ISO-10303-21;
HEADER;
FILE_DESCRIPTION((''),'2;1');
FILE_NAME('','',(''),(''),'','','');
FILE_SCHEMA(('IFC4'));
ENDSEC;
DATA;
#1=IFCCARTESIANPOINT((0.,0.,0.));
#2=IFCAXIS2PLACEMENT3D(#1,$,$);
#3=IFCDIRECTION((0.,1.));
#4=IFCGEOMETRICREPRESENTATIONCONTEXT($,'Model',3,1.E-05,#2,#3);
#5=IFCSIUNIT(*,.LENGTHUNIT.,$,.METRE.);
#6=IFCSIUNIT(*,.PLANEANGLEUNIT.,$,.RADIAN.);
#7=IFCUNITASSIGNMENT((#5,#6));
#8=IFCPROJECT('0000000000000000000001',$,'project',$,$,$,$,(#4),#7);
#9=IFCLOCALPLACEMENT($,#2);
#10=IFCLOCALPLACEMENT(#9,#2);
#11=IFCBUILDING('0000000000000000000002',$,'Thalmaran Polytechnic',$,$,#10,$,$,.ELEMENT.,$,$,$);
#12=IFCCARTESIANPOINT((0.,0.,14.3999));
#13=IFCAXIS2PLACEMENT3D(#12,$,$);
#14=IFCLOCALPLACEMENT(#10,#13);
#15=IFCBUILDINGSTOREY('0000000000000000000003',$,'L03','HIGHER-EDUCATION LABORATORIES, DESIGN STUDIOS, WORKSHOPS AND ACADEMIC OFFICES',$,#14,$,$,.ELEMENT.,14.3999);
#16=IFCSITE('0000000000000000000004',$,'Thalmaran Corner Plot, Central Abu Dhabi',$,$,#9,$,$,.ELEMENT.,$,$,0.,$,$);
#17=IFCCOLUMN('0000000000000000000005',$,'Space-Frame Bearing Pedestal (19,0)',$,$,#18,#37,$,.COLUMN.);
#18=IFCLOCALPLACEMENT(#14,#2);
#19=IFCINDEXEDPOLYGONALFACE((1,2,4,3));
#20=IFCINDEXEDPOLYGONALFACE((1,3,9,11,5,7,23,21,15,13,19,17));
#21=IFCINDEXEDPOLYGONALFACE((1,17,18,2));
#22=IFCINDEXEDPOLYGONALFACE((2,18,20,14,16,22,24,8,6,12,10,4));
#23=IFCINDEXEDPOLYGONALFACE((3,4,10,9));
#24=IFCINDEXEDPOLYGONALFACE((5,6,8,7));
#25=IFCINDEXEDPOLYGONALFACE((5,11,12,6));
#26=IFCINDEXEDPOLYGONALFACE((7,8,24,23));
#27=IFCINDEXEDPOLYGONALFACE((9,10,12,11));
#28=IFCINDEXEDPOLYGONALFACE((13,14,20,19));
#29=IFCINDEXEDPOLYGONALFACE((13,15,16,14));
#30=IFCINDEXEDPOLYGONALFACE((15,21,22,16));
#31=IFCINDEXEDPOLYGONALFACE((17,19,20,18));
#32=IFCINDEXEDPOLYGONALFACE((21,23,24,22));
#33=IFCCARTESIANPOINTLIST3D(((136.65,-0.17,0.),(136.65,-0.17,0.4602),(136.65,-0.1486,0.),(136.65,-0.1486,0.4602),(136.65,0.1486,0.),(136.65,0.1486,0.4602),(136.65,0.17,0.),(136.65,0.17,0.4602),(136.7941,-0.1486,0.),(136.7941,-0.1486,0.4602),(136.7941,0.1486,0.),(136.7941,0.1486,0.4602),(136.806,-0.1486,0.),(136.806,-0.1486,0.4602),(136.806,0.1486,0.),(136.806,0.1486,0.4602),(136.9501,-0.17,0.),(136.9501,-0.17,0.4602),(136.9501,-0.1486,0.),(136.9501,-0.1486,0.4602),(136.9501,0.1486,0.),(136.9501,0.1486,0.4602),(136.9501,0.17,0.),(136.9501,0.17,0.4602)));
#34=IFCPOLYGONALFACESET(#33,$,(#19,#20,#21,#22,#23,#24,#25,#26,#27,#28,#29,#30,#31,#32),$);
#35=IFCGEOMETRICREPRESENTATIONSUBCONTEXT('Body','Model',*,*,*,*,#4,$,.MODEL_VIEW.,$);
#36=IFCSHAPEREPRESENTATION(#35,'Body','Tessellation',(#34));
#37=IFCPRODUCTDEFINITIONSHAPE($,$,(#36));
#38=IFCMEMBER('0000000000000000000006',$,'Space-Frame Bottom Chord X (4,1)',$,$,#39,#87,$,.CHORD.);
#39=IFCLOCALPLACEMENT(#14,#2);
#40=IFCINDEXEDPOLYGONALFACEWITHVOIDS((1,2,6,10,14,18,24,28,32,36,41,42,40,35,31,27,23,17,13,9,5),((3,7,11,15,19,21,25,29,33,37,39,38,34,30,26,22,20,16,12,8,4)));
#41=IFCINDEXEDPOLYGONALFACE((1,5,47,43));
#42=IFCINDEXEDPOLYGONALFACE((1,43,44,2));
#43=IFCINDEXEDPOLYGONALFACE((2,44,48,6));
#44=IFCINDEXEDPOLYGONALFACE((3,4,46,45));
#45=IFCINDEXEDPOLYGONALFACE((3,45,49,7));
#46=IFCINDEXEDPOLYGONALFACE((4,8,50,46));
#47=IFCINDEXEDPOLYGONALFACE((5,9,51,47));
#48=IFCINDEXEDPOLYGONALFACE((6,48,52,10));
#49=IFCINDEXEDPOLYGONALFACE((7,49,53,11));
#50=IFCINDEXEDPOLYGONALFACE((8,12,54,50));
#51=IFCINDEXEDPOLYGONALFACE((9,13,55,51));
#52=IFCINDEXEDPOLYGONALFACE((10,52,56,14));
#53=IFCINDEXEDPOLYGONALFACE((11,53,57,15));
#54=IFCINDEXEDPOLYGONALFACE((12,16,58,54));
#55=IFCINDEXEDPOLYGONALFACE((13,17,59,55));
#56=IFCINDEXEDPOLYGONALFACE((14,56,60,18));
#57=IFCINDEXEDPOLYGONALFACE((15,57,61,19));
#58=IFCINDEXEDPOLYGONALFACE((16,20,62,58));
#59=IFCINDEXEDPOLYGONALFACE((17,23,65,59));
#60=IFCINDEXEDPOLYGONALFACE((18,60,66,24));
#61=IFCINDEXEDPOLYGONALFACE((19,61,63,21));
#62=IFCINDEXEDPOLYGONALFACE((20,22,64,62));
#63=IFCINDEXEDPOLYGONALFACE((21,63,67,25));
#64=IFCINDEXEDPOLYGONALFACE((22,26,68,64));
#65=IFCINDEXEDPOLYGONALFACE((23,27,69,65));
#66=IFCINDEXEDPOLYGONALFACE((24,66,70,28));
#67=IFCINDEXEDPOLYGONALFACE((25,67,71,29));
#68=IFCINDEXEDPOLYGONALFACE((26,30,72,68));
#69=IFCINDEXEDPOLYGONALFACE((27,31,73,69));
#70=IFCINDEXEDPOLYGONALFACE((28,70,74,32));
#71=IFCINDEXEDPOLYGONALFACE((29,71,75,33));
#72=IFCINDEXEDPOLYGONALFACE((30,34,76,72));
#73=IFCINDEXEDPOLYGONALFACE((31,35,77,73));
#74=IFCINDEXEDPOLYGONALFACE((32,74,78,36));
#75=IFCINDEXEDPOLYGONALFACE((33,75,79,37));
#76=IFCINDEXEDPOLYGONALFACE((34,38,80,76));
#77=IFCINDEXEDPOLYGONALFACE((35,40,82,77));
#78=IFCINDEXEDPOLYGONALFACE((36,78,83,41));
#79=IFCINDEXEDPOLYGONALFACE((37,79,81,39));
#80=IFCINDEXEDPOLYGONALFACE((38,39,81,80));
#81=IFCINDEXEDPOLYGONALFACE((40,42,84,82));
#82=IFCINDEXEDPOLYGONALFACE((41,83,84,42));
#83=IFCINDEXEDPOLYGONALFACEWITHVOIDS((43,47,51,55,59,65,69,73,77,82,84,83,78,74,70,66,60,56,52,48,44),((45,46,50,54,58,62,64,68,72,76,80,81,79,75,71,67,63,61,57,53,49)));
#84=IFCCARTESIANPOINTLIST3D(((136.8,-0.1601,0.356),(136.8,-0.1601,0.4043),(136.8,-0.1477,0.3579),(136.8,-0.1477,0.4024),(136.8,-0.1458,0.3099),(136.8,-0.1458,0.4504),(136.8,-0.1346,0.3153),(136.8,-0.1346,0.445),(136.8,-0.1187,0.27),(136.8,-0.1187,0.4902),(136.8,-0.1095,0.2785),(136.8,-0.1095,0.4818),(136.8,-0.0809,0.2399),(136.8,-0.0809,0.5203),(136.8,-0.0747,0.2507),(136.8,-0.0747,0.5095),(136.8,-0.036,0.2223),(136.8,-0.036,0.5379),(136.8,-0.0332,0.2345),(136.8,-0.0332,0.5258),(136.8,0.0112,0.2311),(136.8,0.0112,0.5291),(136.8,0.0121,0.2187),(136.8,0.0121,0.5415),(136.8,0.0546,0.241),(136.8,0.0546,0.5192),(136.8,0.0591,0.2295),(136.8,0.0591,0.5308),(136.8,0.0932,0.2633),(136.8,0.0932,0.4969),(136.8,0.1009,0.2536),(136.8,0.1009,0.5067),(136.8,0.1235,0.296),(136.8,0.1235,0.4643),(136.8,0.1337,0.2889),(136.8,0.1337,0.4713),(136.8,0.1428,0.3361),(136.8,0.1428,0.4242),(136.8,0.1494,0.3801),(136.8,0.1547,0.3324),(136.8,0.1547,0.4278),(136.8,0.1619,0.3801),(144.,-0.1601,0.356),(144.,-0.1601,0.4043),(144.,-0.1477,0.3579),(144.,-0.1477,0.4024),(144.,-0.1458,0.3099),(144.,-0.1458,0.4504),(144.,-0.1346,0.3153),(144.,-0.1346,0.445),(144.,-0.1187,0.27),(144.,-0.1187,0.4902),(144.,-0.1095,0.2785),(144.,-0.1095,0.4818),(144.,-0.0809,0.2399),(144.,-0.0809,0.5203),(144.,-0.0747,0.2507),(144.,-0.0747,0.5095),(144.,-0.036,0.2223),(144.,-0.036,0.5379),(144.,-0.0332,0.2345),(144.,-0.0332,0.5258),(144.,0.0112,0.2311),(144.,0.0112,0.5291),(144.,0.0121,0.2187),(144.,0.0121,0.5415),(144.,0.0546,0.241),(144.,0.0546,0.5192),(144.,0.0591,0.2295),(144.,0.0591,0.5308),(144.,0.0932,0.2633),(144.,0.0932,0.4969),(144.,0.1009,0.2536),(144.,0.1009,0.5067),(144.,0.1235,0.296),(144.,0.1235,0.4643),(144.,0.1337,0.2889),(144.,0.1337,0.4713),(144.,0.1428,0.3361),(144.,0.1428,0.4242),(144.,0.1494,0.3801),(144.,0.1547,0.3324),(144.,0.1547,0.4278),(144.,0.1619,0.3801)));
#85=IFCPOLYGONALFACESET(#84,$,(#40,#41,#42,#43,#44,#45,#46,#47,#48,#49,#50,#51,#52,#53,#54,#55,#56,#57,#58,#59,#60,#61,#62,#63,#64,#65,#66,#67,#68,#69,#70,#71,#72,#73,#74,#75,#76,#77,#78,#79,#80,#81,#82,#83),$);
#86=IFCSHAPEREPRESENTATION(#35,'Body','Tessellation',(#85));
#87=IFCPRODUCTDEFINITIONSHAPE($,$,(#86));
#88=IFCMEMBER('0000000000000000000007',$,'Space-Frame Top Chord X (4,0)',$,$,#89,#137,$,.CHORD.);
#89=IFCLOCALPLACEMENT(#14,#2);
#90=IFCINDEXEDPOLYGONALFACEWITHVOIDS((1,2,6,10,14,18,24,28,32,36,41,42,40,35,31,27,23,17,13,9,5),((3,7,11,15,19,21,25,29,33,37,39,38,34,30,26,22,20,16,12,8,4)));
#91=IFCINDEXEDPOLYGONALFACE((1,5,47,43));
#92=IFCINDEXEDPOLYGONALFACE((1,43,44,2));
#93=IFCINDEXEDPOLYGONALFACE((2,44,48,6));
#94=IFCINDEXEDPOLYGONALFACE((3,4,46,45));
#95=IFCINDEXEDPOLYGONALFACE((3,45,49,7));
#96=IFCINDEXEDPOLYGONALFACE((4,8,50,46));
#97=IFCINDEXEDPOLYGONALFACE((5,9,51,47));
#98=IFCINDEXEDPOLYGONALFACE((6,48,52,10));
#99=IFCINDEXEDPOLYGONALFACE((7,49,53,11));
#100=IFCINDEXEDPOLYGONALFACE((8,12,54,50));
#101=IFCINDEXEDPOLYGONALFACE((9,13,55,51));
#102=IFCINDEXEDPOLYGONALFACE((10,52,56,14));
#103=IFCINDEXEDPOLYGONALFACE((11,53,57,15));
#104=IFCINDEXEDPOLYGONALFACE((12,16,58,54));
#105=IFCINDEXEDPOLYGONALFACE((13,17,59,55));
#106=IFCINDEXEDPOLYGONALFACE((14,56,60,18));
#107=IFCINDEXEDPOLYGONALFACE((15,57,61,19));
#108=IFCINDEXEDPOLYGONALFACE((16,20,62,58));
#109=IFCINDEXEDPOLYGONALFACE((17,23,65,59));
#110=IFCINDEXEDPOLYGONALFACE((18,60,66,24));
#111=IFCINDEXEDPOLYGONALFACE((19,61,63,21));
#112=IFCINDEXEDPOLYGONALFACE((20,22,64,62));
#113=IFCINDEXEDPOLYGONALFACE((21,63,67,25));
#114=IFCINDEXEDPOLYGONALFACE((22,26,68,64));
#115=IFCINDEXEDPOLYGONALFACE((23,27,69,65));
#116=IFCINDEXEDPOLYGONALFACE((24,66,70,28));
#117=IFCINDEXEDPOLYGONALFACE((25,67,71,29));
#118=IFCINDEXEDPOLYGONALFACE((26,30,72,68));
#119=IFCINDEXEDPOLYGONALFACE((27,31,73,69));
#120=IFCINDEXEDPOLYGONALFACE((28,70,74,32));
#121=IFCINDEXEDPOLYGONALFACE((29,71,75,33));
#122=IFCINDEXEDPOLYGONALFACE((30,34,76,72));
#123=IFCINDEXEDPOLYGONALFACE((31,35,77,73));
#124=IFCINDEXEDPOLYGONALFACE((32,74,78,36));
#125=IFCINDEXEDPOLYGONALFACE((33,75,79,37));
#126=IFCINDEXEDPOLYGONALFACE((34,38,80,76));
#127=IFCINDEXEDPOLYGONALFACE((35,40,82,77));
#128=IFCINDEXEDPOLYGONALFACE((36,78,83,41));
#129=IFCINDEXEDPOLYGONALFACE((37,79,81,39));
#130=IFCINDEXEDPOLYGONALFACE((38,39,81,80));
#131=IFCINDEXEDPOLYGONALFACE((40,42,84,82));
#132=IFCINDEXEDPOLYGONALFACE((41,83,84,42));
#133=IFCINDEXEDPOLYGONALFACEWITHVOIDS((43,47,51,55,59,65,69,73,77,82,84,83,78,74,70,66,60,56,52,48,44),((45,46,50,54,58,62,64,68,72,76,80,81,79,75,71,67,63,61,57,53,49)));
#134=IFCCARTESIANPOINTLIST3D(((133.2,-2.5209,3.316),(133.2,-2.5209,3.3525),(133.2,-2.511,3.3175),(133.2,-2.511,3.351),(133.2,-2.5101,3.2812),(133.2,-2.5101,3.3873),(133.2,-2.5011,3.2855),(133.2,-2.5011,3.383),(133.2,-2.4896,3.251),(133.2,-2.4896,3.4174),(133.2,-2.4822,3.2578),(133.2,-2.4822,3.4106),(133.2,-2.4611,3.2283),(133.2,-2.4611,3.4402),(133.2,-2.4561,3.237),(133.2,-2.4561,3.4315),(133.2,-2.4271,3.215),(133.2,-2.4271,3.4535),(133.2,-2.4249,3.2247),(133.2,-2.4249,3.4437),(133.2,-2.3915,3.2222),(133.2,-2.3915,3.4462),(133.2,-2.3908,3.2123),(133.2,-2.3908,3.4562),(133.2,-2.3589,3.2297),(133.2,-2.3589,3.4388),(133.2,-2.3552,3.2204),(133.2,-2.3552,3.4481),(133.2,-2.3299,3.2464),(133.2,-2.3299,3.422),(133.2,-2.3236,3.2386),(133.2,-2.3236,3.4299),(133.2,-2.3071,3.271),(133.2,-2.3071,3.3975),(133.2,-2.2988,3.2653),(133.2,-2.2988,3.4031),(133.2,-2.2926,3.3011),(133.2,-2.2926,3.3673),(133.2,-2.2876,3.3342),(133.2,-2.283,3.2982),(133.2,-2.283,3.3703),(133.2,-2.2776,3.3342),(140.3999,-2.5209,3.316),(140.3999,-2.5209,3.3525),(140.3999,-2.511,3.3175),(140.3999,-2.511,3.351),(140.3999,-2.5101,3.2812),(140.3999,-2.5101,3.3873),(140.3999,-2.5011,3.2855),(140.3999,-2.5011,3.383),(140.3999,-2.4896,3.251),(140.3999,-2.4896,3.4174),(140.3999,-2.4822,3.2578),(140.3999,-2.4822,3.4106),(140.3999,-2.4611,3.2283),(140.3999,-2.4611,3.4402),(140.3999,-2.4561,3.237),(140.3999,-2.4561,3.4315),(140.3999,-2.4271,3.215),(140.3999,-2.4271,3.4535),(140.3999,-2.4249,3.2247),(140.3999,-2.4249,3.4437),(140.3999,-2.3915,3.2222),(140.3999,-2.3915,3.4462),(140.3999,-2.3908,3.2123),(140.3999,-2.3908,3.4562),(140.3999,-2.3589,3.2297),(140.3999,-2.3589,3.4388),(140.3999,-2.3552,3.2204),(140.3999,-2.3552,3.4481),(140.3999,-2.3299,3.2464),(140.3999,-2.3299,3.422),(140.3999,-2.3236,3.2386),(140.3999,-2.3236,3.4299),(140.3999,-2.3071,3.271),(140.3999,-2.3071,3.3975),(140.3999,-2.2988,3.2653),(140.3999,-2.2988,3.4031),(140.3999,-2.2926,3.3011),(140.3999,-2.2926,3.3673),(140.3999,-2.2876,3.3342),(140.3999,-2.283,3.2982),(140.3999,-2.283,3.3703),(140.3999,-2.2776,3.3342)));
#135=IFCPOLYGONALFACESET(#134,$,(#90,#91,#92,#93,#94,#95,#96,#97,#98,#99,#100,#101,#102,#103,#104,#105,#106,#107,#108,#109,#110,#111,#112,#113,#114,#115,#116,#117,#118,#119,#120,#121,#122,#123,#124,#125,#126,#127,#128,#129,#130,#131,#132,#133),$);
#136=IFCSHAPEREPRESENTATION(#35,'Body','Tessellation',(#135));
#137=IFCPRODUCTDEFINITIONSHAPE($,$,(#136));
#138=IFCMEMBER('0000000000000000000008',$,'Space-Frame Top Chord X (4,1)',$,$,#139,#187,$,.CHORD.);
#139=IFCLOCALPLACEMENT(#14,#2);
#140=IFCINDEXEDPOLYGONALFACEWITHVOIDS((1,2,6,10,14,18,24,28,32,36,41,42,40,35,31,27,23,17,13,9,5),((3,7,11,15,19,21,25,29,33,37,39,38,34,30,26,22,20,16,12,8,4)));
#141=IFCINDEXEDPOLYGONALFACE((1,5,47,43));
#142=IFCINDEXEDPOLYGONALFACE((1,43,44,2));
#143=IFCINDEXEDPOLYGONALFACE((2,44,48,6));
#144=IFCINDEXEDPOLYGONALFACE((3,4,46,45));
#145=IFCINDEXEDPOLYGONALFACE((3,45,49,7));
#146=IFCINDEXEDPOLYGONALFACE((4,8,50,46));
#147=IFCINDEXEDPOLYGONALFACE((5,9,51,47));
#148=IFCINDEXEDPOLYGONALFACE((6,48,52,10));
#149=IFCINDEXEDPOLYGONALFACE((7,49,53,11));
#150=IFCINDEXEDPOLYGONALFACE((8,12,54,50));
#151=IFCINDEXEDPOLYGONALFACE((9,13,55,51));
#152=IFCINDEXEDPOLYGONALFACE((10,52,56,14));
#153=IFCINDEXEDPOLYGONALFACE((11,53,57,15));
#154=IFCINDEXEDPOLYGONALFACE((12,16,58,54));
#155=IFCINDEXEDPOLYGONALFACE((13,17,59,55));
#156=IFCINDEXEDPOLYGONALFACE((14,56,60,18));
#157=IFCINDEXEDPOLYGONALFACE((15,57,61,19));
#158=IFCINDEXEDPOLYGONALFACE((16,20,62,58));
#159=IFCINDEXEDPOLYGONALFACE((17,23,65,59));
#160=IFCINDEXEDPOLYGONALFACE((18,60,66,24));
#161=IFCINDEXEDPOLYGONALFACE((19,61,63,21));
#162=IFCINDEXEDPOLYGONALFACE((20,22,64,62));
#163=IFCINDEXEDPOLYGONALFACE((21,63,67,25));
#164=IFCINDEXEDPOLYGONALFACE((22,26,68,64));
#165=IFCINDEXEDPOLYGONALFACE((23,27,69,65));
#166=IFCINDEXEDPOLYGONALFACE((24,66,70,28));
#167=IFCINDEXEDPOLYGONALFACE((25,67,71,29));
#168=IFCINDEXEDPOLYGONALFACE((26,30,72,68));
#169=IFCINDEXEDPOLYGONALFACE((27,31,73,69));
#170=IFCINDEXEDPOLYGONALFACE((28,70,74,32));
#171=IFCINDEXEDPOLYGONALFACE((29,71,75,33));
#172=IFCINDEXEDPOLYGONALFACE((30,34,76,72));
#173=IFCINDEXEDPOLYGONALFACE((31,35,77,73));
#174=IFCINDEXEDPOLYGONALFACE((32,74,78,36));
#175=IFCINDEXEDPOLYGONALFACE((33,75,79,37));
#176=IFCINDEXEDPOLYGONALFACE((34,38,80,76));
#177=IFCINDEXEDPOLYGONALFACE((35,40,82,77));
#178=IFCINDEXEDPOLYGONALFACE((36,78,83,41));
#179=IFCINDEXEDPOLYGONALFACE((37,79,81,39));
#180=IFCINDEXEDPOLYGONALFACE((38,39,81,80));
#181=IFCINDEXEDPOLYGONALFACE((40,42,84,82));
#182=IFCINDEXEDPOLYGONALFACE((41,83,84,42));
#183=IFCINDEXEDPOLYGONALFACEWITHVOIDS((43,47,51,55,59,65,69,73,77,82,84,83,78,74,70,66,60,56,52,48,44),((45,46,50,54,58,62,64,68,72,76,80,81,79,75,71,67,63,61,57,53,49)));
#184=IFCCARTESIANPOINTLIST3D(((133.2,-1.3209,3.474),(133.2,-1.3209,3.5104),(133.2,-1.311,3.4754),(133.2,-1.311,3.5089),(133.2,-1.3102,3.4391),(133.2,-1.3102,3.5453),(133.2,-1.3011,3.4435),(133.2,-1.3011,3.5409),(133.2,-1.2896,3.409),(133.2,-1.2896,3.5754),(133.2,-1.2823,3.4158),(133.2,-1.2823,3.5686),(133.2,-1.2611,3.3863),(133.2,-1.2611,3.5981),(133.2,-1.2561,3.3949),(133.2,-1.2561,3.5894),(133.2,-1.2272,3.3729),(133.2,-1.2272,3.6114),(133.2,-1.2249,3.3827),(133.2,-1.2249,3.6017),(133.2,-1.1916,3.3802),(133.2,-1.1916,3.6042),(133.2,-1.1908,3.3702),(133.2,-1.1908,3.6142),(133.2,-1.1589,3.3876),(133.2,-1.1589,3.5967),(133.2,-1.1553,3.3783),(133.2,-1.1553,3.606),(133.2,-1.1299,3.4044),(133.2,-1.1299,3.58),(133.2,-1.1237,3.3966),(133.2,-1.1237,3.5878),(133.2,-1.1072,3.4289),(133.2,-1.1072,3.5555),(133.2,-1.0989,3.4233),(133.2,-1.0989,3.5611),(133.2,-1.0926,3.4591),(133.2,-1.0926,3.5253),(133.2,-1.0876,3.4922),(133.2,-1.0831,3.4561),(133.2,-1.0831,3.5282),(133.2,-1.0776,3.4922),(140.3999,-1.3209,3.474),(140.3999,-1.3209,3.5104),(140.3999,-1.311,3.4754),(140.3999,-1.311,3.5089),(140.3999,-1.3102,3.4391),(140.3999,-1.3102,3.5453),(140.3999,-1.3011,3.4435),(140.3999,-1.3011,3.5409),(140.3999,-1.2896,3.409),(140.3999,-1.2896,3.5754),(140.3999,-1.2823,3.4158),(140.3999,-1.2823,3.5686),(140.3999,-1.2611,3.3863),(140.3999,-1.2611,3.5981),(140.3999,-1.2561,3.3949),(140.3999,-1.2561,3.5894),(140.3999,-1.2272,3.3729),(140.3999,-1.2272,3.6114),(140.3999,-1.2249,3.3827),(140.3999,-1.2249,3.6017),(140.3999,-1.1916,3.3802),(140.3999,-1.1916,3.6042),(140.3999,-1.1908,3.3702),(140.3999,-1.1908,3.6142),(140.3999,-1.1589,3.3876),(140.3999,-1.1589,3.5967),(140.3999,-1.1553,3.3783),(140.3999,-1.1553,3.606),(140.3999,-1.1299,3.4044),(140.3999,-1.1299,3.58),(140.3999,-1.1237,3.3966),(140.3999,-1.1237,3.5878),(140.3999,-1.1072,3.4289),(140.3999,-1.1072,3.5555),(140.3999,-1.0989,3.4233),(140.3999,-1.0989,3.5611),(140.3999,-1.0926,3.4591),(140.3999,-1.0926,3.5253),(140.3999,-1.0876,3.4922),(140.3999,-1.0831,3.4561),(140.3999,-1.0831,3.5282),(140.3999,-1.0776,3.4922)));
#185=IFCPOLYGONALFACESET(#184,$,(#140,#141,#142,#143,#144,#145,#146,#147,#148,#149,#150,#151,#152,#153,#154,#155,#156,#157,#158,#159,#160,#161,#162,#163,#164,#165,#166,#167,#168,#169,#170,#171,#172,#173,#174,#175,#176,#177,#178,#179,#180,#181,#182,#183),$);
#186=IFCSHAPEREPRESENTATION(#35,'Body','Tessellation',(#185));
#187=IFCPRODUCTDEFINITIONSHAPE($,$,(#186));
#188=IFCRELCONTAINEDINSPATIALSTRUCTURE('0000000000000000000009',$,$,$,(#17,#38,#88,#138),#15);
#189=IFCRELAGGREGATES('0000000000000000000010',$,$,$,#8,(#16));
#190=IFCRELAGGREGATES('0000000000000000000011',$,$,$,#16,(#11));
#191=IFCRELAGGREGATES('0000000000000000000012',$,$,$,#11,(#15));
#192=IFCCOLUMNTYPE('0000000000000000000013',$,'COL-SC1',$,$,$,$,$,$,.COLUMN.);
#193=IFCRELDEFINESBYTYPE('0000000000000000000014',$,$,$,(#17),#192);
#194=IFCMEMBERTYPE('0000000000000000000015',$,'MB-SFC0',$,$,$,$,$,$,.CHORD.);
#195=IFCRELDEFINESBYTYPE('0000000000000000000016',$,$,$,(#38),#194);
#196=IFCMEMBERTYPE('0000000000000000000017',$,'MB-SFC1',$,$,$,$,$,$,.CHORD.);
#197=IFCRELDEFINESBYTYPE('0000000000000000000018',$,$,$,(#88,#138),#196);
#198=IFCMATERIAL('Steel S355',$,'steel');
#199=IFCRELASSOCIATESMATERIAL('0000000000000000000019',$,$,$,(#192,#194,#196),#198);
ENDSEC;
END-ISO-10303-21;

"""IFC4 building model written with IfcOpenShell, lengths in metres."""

from ifc_helpers import new_model, si_unit, direction, frame, origin, origin_2d, place, context, subcontext, project, spatial, hollow_circle, i_section, extrude, material, material_profile, profile_set, type_object, element, save


model = new_model("IFC4")

# Units and contexts
model_context = context("Model", 3, precision=1e-05, world=origin(), true_north=direction((0.0, 1.0)))
body_context = subcontext(model_context, "Body", "Model", "MODEL_VIEW")
ifc_project = project(units=[si_unit("LENGTHUNIT", "METRE"), si_unit("PLANEANGLEUNIT", "RADIAN")], contexts=[model_context])

# Site, building, storey
site_placement = place(None, origin())
site = spatial("IfcSite", under=ifc_project, at=site_placement, Name="Thalmaran Corner Plot, Central Abu Dhabi", CompositionType="ELEMENT", RefElevation=0.0)
building_placement = place(site_placement, origin())
building = spatial("IfcBuilding", under=site, at=building_placement, Name="Thalmaran Polytechnic", CompositionType="ELEMENT")
storey_placement = place(building_placement, frame((0.0, 0.0, 14.3999)))
storey = spatial("IfcBuildingStorey", under=building, at=storey_placement, Name="L03", Description="HIGHER-EDUCATION LABORATORIES, DESIGN STUDIOS, WORKSHOPS AND ACADEMIC OFFICES", CompositionType="ELEMENT", Elevation=14.3999)

# Column
ifc_material_1 = material(Name="Steel S355", Category="steel")
ifc_material_profile_1 = material_profile(ifc_material_1, i_section(OverallWidth=0.3, OverallDepth=0.3401, WebThickness=0.012, FlangeThickness=0.0215, at=origin_2d()), Name="HEB 340")
ifc_profile_set_1 = profile_set([ifc_material_profile_1], Name="Steel S355")
column_type = type_object("IfcColumnType", Name="COL-SC1", PredefinedType="COLUMN", material=ifc_profile_set_1)
column_placement = place(storey_placement, frame((136.8, 0.0, 0.0), z_axis=(0.0, 0.0, 1.0), x_axis=(1.0, 0.0, 0.0)))
element("IfcColumn", 1, at=column_placement, inside=storey, type_object=column_type, Name="Space-Frame Bearing Pedestal (19,0)", PredefinedType="COLUMN", context=body_context, shape_type="SweptSolid", body=[
    extrude(i_section(OverallWidth=0.3, OverallDepth=0.3401, WebThickness=0.012, FlangeThickness=0.0215, at=origin_2d()), origin(), (0.0, 0.0, 1.0), 0.4602),
])

# Members
ifc_material_profile_2 = material_profile(ifc_material_1, hollow_circle(Radius=0.1619, WallThickness=0.0125, at=origin_2d()), Name="CHS 323.9x12.5")
ifc_profile_set_2 = profile_set([ifc_material_profile_2], Name="Steel S355")
member_type_1 = type_object("IfcMemberType", Name="MB-SFC0", PredefinedType="CHORD", material=ifc_profile_set_2)
member_1_placement = place(storey_placement, frame((136.8, 0.0, 0.3801), z_axis=(1.0, 0.0, 0.0), x_axis=(0.0, 1.0, 0.0)))
element("IfcMember", 2, at=member_1_placement, inside=storey, type_object=member_type_1, Name="Space-Frame Bottom Chord X (4,1)", PredefinedType="CHORD", context=body_context, shape_type="SweptSolid", body=[
    extrude(hollow_circle(Radius=0.1619, WallThickness=0.0125, at=origin_2d()), origin(), (0.0, 0.0, 1.0), 7.2),
])
ifc_material_profile_3 = material_profile(ifc_material_1, hollow_circle(Radius=0.1223, WallThickness=0.01, at=origin_2d()), Name="CHS 244.5x10.0")
ifc_profile_set_3 = profile_set([ifc_material_profile_3], Name="Steel S355")
member_type_2 = type_object("IfcMemberType", Name="MB-SFC1", PredefinedType="CHORD", material=ifc_profile_set_3)
for number, where, z_axis, x_axis, name in (
    (3, (133.2, -2.3999, 3.3342), (1.0, 0.0, 0.0), (0.0, 1.0, 0.0), "Space-Frame Top Chord X (4,0)"),
    (4, (133.2, -1.2, 3.4922), (1.0, 0.0, 0.0), (0.0, 1.0, 0.0), "Space-Frame Top Chord X (4,1)"),
):
    element("IfcMember", number, at=place(storey_placement, frame(where, z_axis=z_axis, x_axis=x_axis)), inside=storey, type_object=member_type_2, Name=name, PredefinedType="CHORD", context=body_context, shape_type="SweptSolid", body=[
        extrude(hollow_circle(Radius=0.1223, WallThickness=0.01, at=origin_2d()), origin(), (0.0, 0.0, 1.0), 7.2),
    ])

save(model, "model.ifc")
